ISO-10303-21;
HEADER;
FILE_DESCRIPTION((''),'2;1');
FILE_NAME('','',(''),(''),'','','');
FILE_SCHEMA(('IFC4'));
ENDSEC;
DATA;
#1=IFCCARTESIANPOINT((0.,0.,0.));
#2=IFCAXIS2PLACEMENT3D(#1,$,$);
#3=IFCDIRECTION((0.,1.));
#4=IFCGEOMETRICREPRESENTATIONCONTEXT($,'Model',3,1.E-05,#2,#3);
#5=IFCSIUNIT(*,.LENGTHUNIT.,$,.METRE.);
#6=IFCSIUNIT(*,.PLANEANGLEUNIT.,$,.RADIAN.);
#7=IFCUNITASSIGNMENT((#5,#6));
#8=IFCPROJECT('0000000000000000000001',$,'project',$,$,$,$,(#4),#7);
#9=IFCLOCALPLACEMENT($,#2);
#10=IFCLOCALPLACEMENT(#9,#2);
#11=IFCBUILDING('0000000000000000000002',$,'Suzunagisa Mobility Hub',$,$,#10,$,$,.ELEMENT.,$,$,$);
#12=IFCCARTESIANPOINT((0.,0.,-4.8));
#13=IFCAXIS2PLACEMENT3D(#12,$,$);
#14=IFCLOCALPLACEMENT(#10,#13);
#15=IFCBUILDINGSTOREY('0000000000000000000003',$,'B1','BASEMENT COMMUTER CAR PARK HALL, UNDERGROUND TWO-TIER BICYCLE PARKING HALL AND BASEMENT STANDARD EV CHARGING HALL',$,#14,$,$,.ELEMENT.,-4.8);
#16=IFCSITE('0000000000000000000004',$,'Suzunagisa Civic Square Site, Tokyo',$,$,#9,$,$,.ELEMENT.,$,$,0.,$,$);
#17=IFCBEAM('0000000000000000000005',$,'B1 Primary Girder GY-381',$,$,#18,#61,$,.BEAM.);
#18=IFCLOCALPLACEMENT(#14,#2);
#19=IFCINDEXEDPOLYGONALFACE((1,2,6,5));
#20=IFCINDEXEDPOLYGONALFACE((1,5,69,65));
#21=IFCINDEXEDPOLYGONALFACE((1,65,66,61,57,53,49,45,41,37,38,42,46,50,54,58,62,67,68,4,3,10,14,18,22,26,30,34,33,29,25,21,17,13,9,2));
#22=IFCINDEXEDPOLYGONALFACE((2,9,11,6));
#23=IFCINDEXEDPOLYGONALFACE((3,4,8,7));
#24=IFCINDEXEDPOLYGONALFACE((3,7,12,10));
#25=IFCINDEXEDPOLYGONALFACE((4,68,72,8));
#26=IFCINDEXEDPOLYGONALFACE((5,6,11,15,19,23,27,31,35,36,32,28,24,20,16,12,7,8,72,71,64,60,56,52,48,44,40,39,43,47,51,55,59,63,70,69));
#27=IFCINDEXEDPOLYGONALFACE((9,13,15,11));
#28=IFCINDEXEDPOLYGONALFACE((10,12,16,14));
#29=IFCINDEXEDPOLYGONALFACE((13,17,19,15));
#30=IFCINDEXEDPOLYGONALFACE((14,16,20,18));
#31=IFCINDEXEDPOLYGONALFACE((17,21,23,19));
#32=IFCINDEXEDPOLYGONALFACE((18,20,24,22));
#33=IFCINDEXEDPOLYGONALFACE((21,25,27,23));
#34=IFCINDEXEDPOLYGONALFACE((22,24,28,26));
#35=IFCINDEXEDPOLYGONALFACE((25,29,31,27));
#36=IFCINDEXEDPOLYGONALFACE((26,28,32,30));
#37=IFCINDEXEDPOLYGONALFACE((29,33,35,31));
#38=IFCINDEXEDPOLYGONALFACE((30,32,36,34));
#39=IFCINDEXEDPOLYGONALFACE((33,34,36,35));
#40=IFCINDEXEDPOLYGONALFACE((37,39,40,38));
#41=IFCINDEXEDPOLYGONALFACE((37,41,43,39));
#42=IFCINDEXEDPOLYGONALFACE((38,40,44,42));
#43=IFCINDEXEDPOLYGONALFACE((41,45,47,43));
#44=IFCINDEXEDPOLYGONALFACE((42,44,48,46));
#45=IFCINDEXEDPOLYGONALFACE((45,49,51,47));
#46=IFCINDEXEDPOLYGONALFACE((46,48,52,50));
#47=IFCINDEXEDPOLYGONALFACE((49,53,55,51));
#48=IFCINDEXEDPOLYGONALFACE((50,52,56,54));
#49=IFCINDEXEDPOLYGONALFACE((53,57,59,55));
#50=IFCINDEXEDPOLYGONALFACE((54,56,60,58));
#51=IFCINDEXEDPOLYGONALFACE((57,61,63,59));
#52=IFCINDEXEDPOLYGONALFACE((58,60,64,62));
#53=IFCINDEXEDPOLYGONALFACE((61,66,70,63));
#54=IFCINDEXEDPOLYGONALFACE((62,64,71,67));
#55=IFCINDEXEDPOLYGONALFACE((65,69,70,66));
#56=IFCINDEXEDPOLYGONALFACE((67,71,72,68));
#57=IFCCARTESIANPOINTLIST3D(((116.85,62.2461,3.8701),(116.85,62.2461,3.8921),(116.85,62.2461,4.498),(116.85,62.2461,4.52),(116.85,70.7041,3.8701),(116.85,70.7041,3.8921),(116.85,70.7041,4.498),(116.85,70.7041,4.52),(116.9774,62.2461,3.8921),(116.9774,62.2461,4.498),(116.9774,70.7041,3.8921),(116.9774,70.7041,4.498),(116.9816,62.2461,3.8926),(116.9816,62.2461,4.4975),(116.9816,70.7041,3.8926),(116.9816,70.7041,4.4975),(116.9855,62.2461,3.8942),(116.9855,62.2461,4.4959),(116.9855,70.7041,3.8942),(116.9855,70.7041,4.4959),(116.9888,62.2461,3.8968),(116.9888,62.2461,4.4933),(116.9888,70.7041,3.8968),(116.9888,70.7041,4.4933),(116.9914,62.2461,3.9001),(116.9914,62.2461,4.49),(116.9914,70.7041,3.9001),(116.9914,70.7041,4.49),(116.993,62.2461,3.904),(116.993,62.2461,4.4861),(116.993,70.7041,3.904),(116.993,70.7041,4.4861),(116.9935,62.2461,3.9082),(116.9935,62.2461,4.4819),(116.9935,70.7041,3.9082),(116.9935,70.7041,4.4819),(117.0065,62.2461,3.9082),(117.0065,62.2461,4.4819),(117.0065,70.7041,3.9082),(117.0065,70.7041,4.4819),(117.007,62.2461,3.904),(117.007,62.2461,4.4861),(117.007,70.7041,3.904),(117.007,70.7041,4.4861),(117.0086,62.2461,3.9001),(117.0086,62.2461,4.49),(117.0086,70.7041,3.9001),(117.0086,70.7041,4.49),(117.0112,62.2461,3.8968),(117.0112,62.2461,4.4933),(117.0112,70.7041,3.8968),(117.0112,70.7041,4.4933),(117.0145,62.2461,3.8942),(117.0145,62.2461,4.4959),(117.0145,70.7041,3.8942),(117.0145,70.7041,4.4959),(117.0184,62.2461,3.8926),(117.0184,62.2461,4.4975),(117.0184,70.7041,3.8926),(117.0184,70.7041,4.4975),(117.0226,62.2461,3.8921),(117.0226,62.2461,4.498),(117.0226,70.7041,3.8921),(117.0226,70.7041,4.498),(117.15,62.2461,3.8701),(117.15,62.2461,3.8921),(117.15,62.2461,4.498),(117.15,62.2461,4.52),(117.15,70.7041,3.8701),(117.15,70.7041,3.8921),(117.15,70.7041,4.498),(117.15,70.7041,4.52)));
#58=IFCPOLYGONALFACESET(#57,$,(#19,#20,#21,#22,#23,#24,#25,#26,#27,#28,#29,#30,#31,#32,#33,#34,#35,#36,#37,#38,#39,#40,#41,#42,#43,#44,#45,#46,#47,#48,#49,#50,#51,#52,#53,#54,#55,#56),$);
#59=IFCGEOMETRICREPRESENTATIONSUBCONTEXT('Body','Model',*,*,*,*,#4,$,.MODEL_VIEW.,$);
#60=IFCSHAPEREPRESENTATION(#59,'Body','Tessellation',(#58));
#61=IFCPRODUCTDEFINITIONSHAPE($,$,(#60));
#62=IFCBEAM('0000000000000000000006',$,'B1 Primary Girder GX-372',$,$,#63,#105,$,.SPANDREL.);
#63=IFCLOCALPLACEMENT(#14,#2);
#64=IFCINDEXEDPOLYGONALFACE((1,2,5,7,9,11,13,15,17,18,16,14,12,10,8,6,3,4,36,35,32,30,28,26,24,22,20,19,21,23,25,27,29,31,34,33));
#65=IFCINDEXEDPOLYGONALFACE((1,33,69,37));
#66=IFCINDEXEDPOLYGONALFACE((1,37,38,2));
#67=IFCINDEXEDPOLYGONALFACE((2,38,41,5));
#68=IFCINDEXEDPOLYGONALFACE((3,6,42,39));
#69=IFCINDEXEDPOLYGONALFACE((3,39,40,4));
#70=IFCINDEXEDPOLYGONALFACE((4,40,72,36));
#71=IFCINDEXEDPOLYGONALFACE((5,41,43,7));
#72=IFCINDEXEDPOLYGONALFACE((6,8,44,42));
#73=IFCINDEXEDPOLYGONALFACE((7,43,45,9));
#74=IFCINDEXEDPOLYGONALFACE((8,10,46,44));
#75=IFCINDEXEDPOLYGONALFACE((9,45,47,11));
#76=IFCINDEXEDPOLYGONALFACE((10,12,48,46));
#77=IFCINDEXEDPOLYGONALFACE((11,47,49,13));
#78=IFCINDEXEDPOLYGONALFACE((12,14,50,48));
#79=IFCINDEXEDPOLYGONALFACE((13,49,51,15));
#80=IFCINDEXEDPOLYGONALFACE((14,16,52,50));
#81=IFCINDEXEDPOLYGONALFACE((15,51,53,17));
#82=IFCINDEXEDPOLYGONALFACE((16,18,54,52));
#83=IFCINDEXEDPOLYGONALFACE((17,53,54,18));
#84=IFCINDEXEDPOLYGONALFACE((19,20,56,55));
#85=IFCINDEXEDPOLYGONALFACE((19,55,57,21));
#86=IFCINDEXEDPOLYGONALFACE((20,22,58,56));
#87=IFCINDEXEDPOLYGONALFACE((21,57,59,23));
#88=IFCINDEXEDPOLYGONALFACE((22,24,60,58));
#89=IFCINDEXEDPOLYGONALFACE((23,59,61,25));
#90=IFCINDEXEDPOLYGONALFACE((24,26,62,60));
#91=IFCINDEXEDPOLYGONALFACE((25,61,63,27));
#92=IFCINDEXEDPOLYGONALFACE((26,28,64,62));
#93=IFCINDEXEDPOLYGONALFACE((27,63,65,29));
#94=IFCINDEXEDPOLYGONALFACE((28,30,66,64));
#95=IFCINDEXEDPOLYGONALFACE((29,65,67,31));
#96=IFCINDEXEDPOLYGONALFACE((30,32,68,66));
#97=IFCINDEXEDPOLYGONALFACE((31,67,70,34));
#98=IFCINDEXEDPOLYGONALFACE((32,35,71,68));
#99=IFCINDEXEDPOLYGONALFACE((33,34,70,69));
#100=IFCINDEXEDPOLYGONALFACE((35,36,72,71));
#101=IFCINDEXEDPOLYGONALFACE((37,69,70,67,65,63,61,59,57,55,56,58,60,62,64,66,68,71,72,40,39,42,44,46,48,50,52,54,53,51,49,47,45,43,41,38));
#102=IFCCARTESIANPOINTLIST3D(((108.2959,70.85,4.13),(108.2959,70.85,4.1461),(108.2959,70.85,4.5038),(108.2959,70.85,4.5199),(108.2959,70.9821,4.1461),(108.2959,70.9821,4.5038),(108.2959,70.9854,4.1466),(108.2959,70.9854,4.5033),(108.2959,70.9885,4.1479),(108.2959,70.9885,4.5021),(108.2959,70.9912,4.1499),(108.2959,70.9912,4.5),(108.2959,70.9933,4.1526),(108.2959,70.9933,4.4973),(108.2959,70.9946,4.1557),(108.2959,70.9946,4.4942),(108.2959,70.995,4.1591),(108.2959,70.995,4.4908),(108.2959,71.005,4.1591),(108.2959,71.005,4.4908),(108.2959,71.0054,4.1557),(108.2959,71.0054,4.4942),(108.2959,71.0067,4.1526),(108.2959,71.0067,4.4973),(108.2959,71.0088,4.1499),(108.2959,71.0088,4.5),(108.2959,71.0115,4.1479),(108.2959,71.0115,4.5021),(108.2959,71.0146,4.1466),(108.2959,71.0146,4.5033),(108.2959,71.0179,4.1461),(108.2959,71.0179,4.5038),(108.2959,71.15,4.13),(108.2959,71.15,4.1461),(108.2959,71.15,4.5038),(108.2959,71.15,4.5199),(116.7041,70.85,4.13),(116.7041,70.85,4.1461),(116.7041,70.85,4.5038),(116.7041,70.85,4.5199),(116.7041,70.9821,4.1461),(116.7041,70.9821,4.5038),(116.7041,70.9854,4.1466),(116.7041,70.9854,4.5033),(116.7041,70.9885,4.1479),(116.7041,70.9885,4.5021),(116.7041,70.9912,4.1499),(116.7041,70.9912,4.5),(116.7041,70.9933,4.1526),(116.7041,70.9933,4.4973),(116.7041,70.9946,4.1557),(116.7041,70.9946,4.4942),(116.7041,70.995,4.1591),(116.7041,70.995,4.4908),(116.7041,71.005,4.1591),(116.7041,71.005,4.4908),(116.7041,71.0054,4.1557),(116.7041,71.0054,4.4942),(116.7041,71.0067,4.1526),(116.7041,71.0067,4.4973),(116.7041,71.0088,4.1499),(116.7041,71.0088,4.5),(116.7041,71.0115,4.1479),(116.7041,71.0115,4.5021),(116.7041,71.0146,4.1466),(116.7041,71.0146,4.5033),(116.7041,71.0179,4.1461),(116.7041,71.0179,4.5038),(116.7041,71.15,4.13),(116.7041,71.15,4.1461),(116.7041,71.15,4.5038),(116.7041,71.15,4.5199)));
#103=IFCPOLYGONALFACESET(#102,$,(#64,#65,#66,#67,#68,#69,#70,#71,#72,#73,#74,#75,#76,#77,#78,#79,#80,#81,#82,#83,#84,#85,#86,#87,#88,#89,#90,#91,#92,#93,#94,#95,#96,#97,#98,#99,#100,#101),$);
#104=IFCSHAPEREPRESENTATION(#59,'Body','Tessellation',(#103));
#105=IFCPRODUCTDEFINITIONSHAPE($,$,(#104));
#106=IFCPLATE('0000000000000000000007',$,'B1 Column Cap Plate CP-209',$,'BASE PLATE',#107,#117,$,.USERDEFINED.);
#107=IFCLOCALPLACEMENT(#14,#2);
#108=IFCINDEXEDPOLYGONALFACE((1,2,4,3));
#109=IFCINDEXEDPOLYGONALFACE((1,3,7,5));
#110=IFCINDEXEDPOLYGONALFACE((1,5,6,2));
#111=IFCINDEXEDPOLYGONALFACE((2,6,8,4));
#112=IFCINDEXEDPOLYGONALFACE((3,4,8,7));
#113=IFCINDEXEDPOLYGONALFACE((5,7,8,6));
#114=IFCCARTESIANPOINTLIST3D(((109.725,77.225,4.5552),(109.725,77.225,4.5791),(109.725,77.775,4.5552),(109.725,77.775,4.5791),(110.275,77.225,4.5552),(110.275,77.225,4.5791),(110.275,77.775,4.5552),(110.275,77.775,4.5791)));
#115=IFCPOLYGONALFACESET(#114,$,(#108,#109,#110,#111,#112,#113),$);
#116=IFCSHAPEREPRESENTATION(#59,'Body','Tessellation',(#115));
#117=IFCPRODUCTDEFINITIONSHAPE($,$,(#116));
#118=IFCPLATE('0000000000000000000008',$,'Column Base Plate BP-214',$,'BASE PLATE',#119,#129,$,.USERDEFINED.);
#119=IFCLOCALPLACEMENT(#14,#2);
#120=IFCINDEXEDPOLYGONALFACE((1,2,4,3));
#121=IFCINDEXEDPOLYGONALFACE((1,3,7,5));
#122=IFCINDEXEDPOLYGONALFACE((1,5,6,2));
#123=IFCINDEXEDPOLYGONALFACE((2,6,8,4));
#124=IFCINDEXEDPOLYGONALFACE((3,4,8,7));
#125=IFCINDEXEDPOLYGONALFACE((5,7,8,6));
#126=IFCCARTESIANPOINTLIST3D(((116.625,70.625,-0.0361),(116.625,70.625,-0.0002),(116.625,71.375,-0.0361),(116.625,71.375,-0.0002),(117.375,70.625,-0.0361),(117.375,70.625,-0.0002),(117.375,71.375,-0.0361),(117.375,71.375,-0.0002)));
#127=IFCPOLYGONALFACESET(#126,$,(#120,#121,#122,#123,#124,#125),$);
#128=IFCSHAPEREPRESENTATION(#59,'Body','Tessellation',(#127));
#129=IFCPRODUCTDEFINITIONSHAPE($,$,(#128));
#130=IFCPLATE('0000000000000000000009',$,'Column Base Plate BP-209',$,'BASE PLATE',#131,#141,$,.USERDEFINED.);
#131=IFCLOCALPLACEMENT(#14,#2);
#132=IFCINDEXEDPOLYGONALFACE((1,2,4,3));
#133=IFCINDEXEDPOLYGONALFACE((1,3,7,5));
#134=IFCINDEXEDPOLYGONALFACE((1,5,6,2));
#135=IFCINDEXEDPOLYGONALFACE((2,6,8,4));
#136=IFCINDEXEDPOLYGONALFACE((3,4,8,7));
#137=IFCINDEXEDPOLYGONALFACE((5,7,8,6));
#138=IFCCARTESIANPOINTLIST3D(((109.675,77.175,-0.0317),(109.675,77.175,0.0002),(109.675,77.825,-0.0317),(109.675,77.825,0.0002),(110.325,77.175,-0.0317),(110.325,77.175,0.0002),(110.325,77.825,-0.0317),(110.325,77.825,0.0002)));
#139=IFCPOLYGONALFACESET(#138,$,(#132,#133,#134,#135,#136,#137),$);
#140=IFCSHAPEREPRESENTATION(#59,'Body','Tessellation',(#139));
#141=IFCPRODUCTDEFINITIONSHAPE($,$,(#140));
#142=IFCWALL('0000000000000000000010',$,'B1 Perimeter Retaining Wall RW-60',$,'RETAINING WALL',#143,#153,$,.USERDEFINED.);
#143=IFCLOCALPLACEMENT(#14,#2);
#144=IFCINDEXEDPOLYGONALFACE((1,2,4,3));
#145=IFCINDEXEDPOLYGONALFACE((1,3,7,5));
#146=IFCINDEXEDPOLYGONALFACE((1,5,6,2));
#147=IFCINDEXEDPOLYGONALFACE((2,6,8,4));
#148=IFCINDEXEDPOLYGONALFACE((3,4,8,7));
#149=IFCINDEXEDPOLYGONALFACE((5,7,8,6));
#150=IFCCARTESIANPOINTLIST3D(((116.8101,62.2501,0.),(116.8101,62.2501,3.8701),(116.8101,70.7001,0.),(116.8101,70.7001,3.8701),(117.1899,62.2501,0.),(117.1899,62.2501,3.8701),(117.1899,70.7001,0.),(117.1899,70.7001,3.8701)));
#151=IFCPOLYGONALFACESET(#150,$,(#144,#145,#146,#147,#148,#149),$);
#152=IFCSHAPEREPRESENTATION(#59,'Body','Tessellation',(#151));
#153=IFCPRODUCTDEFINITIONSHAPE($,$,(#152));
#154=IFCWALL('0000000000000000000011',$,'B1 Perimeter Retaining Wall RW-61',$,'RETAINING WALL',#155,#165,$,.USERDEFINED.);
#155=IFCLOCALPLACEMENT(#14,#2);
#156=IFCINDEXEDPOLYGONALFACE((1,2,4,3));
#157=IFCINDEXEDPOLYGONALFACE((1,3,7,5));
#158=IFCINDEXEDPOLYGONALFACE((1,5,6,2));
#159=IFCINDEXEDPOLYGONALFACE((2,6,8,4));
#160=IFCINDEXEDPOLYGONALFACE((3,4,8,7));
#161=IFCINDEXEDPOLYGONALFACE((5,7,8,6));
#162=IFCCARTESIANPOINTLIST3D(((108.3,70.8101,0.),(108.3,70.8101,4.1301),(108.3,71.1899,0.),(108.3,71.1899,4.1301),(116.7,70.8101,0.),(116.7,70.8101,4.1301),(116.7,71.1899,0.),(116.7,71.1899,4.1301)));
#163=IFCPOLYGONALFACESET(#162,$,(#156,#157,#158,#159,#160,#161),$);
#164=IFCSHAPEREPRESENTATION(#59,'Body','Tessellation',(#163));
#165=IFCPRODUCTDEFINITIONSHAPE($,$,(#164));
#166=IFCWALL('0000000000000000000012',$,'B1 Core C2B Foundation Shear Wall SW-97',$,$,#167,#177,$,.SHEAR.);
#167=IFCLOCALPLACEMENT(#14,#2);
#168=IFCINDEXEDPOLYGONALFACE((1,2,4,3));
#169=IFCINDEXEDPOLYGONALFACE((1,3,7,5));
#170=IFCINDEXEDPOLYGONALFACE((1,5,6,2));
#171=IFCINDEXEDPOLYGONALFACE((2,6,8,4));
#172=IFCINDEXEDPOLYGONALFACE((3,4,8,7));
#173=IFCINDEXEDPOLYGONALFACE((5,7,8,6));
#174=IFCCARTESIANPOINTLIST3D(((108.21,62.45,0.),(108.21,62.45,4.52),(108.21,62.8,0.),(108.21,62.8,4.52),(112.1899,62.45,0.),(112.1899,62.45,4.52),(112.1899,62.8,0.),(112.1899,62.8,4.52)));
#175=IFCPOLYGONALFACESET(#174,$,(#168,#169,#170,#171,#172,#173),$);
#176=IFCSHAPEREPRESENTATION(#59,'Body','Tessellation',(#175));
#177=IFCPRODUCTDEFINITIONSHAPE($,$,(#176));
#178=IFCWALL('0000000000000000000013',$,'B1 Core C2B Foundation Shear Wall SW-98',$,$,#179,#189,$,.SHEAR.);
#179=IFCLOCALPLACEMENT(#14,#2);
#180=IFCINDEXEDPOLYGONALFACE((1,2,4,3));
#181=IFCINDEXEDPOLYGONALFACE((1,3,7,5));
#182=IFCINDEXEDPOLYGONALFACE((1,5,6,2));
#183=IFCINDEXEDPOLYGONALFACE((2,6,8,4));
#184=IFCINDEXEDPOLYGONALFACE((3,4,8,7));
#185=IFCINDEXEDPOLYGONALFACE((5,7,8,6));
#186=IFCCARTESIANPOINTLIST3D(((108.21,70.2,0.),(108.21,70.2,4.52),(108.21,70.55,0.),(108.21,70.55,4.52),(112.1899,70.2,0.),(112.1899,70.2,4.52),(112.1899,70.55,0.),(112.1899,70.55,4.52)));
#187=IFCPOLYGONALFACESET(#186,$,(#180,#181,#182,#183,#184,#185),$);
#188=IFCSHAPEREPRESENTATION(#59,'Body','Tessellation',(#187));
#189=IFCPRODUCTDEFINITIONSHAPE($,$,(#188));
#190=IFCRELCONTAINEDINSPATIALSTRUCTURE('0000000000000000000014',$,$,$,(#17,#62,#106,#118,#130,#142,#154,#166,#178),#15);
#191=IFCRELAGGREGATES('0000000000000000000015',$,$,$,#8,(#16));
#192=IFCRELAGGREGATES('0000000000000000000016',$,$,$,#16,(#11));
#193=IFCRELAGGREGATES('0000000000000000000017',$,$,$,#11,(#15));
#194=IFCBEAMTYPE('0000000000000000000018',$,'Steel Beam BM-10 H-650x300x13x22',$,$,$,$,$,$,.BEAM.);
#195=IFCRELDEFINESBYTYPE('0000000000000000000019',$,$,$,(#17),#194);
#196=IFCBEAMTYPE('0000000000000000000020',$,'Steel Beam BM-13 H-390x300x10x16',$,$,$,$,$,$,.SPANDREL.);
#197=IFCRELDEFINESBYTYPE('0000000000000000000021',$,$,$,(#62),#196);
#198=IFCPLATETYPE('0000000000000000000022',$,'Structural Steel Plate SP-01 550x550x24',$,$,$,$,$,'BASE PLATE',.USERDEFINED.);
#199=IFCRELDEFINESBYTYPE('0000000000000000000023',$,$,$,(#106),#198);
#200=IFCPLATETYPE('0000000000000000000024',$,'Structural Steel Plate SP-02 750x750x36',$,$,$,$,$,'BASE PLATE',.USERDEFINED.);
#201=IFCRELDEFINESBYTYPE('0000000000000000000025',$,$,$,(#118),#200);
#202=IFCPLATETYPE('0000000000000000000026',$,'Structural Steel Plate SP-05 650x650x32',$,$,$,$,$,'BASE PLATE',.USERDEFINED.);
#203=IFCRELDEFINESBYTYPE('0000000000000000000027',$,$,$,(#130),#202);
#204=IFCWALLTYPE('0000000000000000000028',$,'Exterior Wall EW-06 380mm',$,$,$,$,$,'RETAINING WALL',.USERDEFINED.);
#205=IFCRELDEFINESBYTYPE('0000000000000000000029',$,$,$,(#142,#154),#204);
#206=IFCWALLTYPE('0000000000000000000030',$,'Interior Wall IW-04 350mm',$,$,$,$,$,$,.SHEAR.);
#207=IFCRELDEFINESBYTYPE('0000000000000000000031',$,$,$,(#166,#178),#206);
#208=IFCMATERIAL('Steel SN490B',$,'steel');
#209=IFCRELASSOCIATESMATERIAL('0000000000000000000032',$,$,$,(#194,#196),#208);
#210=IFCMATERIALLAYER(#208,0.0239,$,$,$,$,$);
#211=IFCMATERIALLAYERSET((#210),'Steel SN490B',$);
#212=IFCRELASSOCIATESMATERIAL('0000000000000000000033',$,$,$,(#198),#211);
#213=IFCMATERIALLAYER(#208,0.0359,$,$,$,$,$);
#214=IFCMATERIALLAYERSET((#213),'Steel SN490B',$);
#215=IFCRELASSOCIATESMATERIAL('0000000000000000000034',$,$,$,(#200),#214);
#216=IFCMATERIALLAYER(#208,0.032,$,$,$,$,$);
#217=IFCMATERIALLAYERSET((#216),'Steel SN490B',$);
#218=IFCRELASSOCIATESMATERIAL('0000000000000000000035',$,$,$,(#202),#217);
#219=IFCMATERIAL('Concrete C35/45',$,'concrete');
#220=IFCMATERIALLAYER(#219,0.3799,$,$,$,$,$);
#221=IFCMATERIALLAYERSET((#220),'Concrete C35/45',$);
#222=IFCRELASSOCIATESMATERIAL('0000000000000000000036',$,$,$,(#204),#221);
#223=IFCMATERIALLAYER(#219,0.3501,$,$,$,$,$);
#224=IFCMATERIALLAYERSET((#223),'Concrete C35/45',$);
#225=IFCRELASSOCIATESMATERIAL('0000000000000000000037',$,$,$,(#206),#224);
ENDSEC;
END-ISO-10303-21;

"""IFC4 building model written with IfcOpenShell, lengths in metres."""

from ifc_helpers import new_model, si_unit, direction, frame, frame_2d, origin, origin_2d, place, context, subcontext, project, spatial, rectangle, i_section, extrude, material, layer, layer_set, material_profile, profile_set, type_object, element, save


model = new_model("IFC4")

# Units and contexts
model_context = context("Model", 3, precision=1e-05, world=origin(), true_north=direction((0.0, 1.0)))
body_context = subcontext(model_context, "Body", "Model", "MODEL_VIEW")
ifc_project = project(units=[si_unit("LENGTHUNIT", "METRE"), si_unit("PLANEANGLEUNIT", "RADIAN")], contexts=[model_context])

# Site, building, storey
site_placement = place(None, origin())
site = spatial("IfcSite", under=ifc_project, at=site_placement, Name="Suzunagisa Civic Square Site, Tokyo", CompositionType="ELEMENT", RefElevation=0.0)
building_placement = place(site_placement, origin())
building = spatial("IfcBuilding", under=site, at=building_placement, Name="Suzunagisa Mobility Hub", CompositionType="ELEMENT")
storey_placement = place(building_placement, frame((0.0, 0.0, -4.8)))
storey = spatial("IfcBuildingStorey", under=building, at=storey_placement, Name="B1", Description="BASEMENT COMMUTER CAR PARK HALL, UNDERGROUND TWO-TIER BICYCLE PARKING HALL AND BASEMENT STANDARD EV CHARGING HALL", CompositionType="ELEMENT", Elevation=-4.8)

# Shared definitions
ifc_material_1 = material(Name="Concrete C35/45", Category="concrete")

# Shared definitions
ifc_material_2 = material(Name="Steel SN490B", Category="steel")

# Beams
ifc_material_profile_1 = material_profile(ifc_material_2, i_section(OverallWidth=0.3, OverallDepth=0.6499, WebThickness=0.0129, FlangeThickness=0.022, FilletRadius=0.0161, at=origin_2d()), Name="H-650x300x13x22")
ifc_profile_set_1 = profile_set([ifc_material_profile_1], Name="Steel SN490B")
beam_type_1 = type_object("IfcBeamType", Name="Steel Beam BM-10 H-650x300x13x22", PredefinedType="BEAM", material=ifc_profile_set_1)
beam_1_placement = place(storey_placement, frame((117.0, 62.2461, 4.1951), z_axis=(0.0, 1.0, 0.0), x_axis=(-1.0, 0.0, 0.0)))
element("IfcBeam", 1, at=beam_1_placement, inside=storey, type_object=beam_type_1, Name="B1 Primary Girder GY-381", PredefinedType="BEAM", context=body_context, shape_type="SweptSolid", body=[
    extrude(i_section(OverallWidth=0.3, OverallDepth=0.6499, WebThickness=0.0129, FlangeThickness=0.022, FilletRadius=0.0161, at=origin_2d()), origin(), (0.0, 0.0, 1.0), 8.458),
])
ifc_material_profile_2 = material_profile(ifc_material_2, i_section(OverallWidth=0.3, OverallDepth=0.3899, WebThickness=0.01, FlangeThickness=0.0161, FilletRadius=0.0129, at=origin_2d()), Name="H-390x300x10x16")
ifc_profile_set_2 = profile_set([ifc_material_profile_2], Name="Steel SN490B")
beam_type_2 = type_object("IfcBeamType", Name="Steel Beam BM-13 H-390x300x10x16", PredefinedType="SPANDREL", material=ifc_profile_set_2)
beam_2_placement = place(storey_placement, frame((108.2959, 71.0, 4.325), z_axis=(1.0, 0.0, 0.0), x_axis=(0.0, 1.0, 0.0)))
element("IfcBeam", 2, at=beam_2_placement, inside=storey, type_object=beam_type_2, Name="B1 Primary Girder GX-372", PredefinedType="SPANDREL", context=body_context, shape_type="SweptSolid", body=[
    extrude(i_section(OverallWidth=0.3, OverallDepth=0.3899, WebThickness=0.01, FlangeThickness=0.0161, FilletRadius=0.0129, at=origin_2d()), origin(), (0.0, 0.0, 1.0), 8.4082),
])

# Plates
ifc_layer_1 = layer(ifc_material_2, 0.0239)
ifc_layer_set_1 = layer_set([ifc_layer_1], Name="Steel SN490B")
plate_type_1 = type_object("IfcPlateType", Name="Structural Steel Plate SP-01 550x550x24", ElementType="BASE PLATE", PredefinedType="USERDEFINED", material=ifc_layer_set_1)
plate_1_placement = place(storey_placement, frame((110.0, 77.5, 4.5552), z_axis=(0.0, 0.0, 1.0), x_axis=(1.0, 0.0, 0.0)))
element("IfcPlate", 3, at=plate_1_placement, inside=storey, type_object=plate_type_1, Name="B1 Column Cap Plate CP-209", ObjectType="BASE PLATE", PredefinedType="USERDEFINED", context=body_context, shape_type="SweptSolid", body=[
    extrude(rectangle(XDim=0.55, YDim=0.55, at=origin_2d()), origin(), (0.0, 0.0, 1.0), 0.0239),
])
ifc_layer_2 = layer(ifc_material_2, 0.0359)
ifc_layer_set_2 = layer_set([ifc_layer_2], Name="Steel SN490B")
plate_type_2 = type_object("IfcPlateType", Name="Structural Steel Plate SP-02 750x750x36", ElementType="BASE PLATE", PredefinedType="USERDEFINED", material=ifc_layer_set_2)
plate_2_placement = place(storey_placement, frame((117.0, 71.0, -0.0361), z_axis=(0.0, 0.0, 1.0), x_axis=(1.0, 0.0, 0.0)))
element("IfcPlate", 4, at=plate_2_placement, inside=storey, type_object=plate_type_2, Name="Column Base Plate BP-214", ObjectType="BASE PLATE", PredefinedType="USERDEFINED", context=body_context, shape_type="SweptSolid", body=[
    extrude(rectangle(XDim=0.75, YDim=0.75, at=origin_2d()), origin(), (0.0, 0.0, 1.0), 0.0359),
])
ifc_layer_3 = layer(ifc_material_2, 0.032)
ifc_layer_set_3 = layer_set([ifc_layer_3], Name="Steel SN490B")
plate_type_3 = type_object("IfcPlateType", Name="Structural Steel Plate SP-05 650x650x32", ElementType="BASE PLATE", PredefinedType="USERDEFINED", material=ifc_layer_set_3)
plate_3_placement = place(storey_placement, frame((110.0, 77.5, -0.0317), z_axis=(0.0, 0.0, 1.0), x_axis=(1.0, 0.0, 0.0)))
element("IfcPlate", 5, at=plate_3_placement, inside=storey, type_object=plate_type_3, Name="Column Base Plate BP-209", ObjectType="BASE PLATE", PredefinedType="USERDEFINED", context=body_context, shape_type="SweptSolid", body=[
    extrude(rectangle(XDim=0.6499, YDim=0.6499, at=origin_2d()), origin(), (0.0, 0.0, 1.0), 0.032),
])

# Walls
ifc_layer_4 = layer(ifc_material_1, 0.3799)
ifc_layer_set_4 = layer_set([ifc_layer_4], Name="Concrete C35/45")
wall_type_1 = type_object("IfcWallType", Name="Exterior Wall EW-06 380mm", ElementType="RETAINING WALL", PredefinedType="USERDEFINED", material=ifc_layer_set_4)
wall_1_placement = place(storey_placement, frame((117.0, 62.25, 0.0), z_axis=(0.0, 0.0, 1.0), x_axis=(0.0, 1.0, 0.0)))
element("IfcWall", 6, at=wall_1_placement, inside=storey, type_object=wall_type_1, Name="B1 Perimeter Retaining Wall RW-60", ObjectType="RETAINING WALL", PredefinedType="USERDEFINED", context=body_context, shape_type="SweptSolid", body=[
    extrude(rectangle(XDim=8.45, YDim=0.3799, at=frame_2d((4.2251, 0.0))), origin(), (0.0, 0.0, 1.0), 3.8701),
])
wall_2_placement = place(storey_placement, frame((116.7, 71.0, 0.0), z_axis=(0.0, 0.0, 1.0), x_axis=(-1.0, 0.0, 0.0)))
element("IfcWall", 7, at=wall_2_placement, inside=storey, type_object=wall_type_1, Name="B1 Perimeter Retaining Wall RW-61", ObjectType="RETAINING WALL", PredefinedType="USERDEFINED", context=body_context, shape_type="SweptSolid", body=[
    extrude(rectangle(XDim=8.3999, YDim=0.3799, at=frame_2d((4.2, 0.0))), origin(), (0.0, 0.0, 1.0), 4.1301),
])
ifc_layer_5 = layer(ifc_material_1, 0.3501)
ifc_layer_set_5 = layer_set([ifc_layer_5], Name="Concrete C35/45")
wall_type_2 = type_object("IfcWallType", Name="Interior Wall IW-04 350mm", PredefinedType="SHEAR", material=ifc_layer_set_5)
for number, where, z_axis, x_axis, name in (
    (8, (108.21, 62.625, 0.0), (0.0, 0.0, 1.0), (1.0, 0.0, 0.0), "B1 Core C2B Foundation Shear Wall SW-97"),
    (9, (108.21, 70.375, 0.0), (0.0, 0.0, 1.0), (1.0, 0.0, 0.0), "B1 Core C2B Foundation Shear Wall SW-98"),
):
    element("IfcWall", number, at=place(storey_placement, frame(where, z_axis=z_axis, x_axis=x_axis)), inside=storey, type_object=wall_type_2, Name=name, PredefinedType="SHEAR", context=body_context, shape_type="SweptSolid", body=[
        extrude(rectangle(XDim=3.98, YDim=0.3501, at=frame_2d((1.99, 0.0))), origin(), (0.0, 0.0, 1.0), 4.52),
    ])

save(model, "model.ifc")
